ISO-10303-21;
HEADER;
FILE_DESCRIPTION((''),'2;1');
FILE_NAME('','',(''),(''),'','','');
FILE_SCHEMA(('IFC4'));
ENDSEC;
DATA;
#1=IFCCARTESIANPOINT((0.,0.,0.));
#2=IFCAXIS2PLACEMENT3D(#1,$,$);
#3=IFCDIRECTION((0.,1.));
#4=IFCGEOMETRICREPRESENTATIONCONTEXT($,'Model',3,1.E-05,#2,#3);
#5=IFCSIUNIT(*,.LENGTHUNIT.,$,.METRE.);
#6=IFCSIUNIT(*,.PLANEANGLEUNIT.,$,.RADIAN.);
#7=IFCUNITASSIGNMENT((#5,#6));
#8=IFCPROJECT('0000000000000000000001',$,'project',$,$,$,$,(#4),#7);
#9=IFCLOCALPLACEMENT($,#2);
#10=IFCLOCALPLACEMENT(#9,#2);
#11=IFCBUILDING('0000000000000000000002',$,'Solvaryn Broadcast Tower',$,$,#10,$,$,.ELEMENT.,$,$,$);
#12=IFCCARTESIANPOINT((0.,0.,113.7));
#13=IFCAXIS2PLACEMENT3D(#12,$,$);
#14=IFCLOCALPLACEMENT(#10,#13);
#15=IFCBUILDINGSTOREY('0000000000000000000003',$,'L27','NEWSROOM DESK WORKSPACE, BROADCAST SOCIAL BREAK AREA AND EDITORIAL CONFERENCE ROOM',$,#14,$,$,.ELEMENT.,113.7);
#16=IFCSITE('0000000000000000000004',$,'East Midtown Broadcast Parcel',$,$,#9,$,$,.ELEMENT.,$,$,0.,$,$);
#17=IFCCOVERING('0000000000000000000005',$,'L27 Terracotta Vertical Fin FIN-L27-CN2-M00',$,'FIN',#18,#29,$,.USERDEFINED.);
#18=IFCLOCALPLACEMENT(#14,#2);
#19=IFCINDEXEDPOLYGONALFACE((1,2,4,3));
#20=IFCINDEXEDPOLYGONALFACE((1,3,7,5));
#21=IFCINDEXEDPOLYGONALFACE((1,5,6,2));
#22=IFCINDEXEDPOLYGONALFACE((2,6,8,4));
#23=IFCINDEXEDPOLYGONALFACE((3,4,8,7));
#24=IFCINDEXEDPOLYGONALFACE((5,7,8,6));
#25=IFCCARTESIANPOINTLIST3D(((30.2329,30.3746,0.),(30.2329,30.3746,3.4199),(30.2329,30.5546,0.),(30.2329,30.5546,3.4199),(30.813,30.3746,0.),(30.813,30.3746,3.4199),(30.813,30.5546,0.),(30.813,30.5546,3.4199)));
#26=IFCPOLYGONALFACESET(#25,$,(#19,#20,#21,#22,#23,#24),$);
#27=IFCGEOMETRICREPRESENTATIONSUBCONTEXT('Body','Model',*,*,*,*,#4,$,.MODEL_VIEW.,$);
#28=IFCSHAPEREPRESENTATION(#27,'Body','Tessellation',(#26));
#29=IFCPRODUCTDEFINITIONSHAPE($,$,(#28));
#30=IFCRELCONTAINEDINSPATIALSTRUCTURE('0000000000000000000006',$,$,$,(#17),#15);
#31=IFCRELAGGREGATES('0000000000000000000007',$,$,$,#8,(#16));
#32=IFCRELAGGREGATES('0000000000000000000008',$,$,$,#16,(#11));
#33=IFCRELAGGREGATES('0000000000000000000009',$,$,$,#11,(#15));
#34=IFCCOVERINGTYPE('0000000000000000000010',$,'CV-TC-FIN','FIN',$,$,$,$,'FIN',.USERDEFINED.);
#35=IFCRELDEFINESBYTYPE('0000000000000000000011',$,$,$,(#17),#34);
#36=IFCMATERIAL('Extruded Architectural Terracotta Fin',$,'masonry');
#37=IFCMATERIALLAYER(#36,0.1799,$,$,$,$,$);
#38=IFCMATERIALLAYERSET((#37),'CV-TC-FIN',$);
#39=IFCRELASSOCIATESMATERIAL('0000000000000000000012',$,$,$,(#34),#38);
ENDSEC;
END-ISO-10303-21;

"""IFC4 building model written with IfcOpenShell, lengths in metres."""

from ifc_helpers import new_model, si_unit, direction, frame, origin, origin_2d, place, context, subcontext, project, spatial, rectangle, extrude, material, layer, layer_set, type_object, element, save


model = new_model("IFC4")

# Units and contexts
model_context = context("Model", 3, precision=1e-05, world=origin(), true_north=direction((0.0, 1.0)))
body_context = subcontext(model_context, "Body", "Model", "MODEL_VIEW")
ifc_project = project(units=[si_unit("LENGTHUNIT", "METRE"), si_unit("PLANEANGLEUNIT", "RADIAN")], contexts=[model_context])

# Site, building, storey
site_placement = place(None, origin())
site = spatial("IfcSite", under=ifc_project, at=site_placement, Name="East Midtown Broadcast Parcel", CompositionType="ELEMENT", RefElevation=0.0)
building_placement = place(site_placement, origin())
building = spatial("IfcBuilding", under=site, at=building_placement, Name="Solvaryn Broadcast Tower", CompositionType="ELEMENT")
storey_placement = place(building_placement, frame((0.0, 0.0, 113.7)))
storey = spatial("IfcBuildingStorey", under=building, at=storey_placement, Name="L27", Description="NEWSROOM DESK WORKSPACE, BROADCAST SOCIAL BREAK AREA AND EDITORIAL CONFERENCE ROOM", CompositionType="ELEMENT", Elevation=113.7)

# Covering
ifc_material_1 = material(Name="Extruded Architectural Terracotta Fin", Category="masonry")
ifc_layer_1 = layer(ifc_material_1, 0.1799)
ifc_layer_set_1 = layer_set([ifc_layer_1], Name="CV-TC-FIN")
covering_type_1 = type_object("IfcCoveringType", Name="CV-TC-FIN", Description="FIN", ElementType="FIN", PredefinedType="USERDEFINED", material=ifc_layer_set_1)
covering_1_placement = place(storey_placement, frame((30.5229, 30.4646, 0.0), z_axis=(0.0, 0.0, 1.0), x_axis=(1.0, 0.0, 0.0)))
element("IfcCovering", 1, at=covering_1_placement, inside=storey, type_object=covering_type_1, Name="L27 Terracotta Vertical Fin FIN-L27-CN2-M00", ObjectType="FIN", PredefinedType="USERDEFINED", context=body_context, shape_type="SweptSolid", body=[
    extrude(rectangle(XDim=0.5801, YDim=0.1799, at=origin_2d()), origin(), (0.0, 0.0, 1.0), 3.4199),
])

save(model, "model.ifc")
